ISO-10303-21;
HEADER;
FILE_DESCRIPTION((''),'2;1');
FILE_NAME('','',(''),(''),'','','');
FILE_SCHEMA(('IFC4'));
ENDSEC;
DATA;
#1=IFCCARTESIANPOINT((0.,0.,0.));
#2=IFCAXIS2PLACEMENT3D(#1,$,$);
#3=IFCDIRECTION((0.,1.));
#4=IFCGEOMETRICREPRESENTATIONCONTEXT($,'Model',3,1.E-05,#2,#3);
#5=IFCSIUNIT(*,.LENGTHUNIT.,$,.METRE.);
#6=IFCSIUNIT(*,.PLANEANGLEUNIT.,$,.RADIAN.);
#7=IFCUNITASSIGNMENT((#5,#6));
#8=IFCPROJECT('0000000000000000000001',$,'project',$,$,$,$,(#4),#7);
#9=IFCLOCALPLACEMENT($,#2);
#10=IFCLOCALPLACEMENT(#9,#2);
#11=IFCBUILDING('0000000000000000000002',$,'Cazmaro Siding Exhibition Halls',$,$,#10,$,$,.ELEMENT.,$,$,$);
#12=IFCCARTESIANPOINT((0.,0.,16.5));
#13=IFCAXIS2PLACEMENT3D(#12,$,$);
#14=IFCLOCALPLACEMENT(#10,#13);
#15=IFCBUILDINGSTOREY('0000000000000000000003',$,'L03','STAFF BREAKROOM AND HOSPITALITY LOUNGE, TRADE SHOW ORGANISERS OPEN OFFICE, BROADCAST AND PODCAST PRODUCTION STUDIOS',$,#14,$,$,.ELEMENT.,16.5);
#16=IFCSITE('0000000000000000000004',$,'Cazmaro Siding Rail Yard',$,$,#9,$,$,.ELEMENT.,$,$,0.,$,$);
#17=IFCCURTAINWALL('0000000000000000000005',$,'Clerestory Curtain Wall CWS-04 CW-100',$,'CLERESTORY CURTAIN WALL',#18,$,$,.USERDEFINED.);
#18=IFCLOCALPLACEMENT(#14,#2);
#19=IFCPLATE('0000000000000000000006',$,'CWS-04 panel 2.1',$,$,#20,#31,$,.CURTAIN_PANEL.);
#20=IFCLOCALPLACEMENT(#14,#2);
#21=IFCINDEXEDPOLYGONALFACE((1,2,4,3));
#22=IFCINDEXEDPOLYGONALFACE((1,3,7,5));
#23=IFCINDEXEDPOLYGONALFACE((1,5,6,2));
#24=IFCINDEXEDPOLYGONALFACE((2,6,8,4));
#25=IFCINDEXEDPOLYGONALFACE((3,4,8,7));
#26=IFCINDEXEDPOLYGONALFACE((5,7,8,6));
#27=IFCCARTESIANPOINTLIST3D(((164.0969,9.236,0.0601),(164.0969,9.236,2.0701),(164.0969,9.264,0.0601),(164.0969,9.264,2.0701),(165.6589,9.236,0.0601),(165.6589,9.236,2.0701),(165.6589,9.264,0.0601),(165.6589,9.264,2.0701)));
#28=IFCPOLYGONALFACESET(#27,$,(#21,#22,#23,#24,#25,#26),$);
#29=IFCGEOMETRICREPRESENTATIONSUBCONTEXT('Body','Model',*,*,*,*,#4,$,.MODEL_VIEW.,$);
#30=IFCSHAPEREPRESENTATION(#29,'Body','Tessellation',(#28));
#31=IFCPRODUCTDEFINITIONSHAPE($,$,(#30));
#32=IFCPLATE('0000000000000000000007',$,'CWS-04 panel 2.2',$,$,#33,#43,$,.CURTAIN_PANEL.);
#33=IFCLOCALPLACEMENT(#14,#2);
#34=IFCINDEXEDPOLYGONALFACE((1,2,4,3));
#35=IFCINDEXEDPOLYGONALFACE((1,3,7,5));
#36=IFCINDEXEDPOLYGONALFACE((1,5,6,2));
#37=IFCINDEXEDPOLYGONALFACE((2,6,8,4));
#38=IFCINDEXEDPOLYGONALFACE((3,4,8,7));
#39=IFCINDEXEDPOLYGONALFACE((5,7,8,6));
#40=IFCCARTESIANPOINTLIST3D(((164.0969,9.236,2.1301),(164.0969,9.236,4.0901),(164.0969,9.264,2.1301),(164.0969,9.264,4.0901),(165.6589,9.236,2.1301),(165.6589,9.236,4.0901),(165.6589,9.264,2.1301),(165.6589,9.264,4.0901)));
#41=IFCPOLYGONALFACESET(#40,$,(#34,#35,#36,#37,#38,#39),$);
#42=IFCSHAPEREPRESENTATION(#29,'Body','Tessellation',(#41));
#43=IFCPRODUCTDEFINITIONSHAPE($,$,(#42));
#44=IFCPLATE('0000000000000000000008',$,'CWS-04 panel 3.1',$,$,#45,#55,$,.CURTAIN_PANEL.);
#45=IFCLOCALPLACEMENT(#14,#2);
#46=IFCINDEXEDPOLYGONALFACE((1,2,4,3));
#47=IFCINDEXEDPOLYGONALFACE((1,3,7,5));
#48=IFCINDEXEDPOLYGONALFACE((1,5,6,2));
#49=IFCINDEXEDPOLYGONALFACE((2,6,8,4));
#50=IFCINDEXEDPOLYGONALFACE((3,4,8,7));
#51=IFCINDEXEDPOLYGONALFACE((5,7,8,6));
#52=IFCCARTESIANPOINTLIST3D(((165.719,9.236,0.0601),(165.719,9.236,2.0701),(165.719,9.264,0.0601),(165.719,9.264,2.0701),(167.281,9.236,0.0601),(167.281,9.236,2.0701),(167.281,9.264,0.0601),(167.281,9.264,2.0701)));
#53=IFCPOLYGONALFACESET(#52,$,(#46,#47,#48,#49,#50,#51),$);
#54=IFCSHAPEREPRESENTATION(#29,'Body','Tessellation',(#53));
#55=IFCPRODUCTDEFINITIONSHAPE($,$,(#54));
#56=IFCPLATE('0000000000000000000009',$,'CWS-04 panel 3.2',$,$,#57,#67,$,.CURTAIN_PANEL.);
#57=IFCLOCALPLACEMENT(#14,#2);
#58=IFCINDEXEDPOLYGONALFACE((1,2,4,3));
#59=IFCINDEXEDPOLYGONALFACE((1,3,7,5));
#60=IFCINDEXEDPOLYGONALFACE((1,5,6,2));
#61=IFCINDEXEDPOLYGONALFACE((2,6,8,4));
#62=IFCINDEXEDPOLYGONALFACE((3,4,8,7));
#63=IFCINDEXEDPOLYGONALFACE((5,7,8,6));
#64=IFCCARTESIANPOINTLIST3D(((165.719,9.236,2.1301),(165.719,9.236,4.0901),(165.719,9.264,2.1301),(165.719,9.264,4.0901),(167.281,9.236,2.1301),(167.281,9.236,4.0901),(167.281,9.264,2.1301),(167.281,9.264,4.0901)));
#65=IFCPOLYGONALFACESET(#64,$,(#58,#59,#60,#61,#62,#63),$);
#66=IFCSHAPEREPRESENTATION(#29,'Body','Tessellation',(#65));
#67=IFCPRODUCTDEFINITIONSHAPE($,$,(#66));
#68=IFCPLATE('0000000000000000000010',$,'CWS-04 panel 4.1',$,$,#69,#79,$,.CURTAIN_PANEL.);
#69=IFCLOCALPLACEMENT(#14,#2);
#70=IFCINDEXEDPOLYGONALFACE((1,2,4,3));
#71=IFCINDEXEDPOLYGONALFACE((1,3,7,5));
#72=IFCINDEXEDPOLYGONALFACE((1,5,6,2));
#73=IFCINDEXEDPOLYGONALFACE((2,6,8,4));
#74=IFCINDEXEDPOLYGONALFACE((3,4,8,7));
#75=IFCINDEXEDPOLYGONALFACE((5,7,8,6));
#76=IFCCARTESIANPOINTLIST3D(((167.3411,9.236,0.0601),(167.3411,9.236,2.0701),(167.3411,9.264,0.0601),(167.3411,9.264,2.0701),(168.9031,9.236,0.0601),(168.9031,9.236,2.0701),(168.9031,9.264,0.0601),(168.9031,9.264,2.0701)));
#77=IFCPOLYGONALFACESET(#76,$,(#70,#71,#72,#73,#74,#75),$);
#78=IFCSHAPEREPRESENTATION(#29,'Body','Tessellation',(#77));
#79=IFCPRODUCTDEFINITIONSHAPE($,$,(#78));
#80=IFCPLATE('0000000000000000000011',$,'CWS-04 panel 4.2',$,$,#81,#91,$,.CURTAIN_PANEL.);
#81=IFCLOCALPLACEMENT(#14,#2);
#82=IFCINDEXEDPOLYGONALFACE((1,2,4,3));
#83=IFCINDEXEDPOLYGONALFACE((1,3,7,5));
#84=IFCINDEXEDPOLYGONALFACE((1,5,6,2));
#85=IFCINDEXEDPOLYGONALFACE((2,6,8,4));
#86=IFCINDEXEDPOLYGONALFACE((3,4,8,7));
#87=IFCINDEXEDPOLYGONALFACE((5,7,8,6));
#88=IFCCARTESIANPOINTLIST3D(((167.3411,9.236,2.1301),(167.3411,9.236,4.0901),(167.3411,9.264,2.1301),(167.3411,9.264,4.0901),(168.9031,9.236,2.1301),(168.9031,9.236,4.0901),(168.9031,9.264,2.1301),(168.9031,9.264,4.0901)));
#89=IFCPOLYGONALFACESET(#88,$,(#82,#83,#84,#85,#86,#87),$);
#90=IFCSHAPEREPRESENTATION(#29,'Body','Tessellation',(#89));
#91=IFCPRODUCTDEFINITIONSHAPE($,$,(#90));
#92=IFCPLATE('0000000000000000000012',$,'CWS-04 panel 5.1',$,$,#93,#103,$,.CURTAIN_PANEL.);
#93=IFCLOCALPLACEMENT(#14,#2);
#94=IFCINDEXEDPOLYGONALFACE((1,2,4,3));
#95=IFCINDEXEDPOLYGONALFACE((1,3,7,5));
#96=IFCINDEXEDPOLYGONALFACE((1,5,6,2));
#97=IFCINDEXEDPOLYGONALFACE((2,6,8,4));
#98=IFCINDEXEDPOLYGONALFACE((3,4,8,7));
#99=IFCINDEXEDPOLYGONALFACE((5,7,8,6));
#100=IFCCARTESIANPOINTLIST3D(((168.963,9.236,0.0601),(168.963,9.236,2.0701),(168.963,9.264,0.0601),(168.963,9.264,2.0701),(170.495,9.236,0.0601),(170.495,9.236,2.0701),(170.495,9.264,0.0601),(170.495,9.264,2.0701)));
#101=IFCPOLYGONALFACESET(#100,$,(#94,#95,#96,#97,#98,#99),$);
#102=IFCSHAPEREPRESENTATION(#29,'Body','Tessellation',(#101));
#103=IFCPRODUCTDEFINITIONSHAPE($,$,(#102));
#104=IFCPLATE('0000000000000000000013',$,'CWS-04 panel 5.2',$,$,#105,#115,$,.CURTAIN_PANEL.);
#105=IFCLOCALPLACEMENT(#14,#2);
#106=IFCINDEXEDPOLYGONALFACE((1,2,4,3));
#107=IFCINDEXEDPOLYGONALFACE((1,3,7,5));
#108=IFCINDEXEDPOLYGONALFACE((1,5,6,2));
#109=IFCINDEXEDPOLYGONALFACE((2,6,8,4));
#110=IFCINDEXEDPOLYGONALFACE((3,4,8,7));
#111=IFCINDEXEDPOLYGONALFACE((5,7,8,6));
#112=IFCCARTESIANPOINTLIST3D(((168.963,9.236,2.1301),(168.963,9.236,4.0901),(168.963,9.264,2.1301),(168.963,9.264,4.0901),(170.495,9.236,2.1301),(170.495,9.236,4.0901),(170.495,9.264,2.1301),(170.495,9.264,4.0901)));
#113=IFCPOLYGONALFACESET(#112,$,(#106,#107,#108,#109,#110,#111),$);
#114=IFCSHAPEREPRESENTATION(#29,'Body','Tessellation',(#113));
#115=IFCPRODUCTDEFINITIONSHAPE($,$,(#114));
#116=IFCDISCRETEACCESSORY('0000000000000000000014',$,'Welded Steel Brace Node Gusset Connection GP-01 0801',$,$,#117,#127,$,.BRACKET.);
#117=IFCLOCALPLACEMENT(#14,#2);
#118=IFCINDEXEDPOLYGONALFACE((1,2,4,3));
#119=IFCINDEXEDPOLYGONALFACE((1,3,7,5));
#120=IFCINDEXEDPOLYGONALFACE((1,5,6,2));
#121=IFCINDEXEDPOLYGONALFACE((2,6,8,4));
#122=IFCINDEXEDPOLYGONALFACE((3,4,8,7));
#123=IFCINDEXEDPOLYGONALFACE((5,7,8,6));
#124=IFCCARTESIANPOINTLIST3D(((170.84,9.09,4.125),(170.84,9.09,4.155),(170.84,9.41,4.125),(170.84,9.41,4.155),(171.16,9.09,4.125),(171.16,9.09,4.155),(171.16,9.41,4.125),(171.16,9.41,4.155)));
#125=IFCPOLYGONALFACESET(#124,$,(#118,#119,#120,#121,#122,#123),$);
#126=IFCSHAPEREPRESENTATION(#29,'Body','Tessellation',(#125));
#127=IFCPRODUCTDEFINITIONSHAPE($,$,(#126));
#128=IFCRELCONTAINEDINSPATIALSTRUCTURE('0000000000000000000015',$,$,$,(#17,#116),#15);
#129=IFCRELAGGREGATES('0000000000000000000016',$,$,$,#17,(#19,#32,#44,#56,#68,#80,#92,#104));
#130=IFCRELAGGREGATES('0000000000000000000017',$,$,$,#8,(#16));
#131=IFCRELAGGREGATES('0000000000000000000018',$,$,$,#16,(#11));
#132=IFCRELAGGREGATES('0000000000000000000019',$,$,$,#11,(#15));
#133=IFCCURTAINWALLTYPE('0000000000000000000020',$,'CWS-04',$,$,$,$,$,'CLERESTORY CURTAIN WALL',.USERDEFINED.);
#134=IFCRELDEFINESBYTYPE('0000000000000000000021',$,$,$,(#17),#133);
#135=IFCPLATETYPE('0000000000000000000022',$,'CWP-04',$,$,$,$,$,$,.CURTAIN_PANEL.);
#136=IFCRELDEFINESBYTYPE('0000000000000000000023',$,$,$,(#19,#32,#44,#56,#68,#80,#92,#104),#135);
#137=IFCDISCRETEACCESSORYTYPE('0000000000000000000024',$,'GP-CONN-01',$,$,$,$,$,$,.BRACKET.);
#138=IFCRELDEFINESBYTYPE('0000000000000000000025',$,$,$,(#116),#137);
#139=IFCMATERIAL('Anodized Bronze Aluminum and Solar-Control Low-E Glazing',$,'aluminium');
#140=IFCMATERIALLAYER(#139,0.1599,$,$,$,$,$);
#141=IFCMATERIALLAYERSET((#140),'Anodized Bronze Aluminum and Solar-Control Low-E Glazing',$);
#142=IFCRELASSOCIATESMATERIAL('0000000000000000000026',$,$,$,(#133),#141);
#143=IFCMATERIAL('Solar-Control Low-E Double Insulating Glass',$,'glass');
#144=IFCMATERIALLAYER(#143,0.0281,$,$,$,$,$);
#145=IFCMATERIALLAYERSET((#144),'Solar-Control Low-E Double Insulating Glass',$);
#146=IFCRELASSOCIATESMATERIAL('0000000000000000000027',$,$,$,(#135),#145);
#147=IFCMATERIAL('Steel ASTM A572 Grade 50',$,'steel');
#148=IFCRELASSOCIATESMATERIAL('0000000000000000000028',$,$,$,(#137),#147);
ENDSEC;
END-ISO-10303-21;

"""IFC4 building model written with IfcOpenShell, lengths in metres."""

from ifc_helpers import new_model, si_unit, direction, frame, origin, origin_2d, place, context, subcontext, project, spatial, rectangle, extrude, material, layer, layer_set, type_object, element, aggregate, save


model = new_model("IFC4")

# Units and contexts
model_context = context("Model", 3, precision=1e-05, world=origin(), true_north=direction((0.0, 1.0)))
body_context = subcontext(model_context, "Body", "Model", "MODEL_VIEW")
ifc_project = project(units=[si_unit("LENGTHUNIT", "METRE"), si_unit("PLANEANGLEUNIT", "RADIAN")], contexts=[model_context])

# Site, building, storey
site_placement = place(None, origin())
site = spatial("IfcSite", under=ifc_project, at=site_placement, Name="Cazmaro Siding Rail Yard", CompositionType="ELEMENT", RefElevation=0.0)
building_placement = place(site_placement, origin())
building = spatial("IfcBuilding", under=site, at=building_placement, Name="Cazmaro Siding Exhibition Halls", CompositionType="ELEMENT")
storey_placement = place(building_placement, frame((0.0, 0.0, 16.5)))
storey = spatial("IfcBuildingStorey", under=building, at=storey_placement, Name="L03", Description="STAFF BREAKROOM AND HOSPITALITY LOUNGE, TRADE SHOW ORGANISERS OPEN OFFICE, BROADCAST AND PODCAST PRODUCTION STUDIOS", CompositionType="ELEMENT", Elevation=16.5)

# Curtain wall
ifc_material_1 = material(Name="Anodized Bronze Aluminum and Solar-Control Low-E Glazing", Category="aluminium")
ifc_layer_1 = layer(ifc_material_1, 0.1599)
ifc_layer_set_1 = layer_set([ifc_layer_1], Name="Anodized Bronze Aluminum and Solar-Control Low-E Glazing")
curtain_wall_type = type_object("IfcCurtainWallType", Name="CWS-04", ElementType="CLERESTORY CURTAIN WALL", PredefinedType="USERDEFINED", material=ifc_layer_set_1)
curtain_wall_placement = place(storey_placement, origin())
curtain_wall = element("IfcCurtainWall", 1, at=curtain_wall_placement, inside=storey, type_object=curtain_wall_type, Name="Clerestory Curtain Wall CWS-04 CW-100", ObjectType="CLERESTORY CURTAIN WALL", PredefinedType="USERDEFINED")

# Plates
ifc_material_2 = material(Name="Solar-Control Low-E Double Insulating Glass", Category="glass")
ifc_layer_2 = layer(ifc_material_2, 0.0281)
ifc_layer_set_2 = layer_set([ifc_layer_2], Name="Solar-Control Low-E Double Insulating Glass")
plate_type = type_object("IfcPlateType", Name="CWP-04", PredefinedType="CURTAIN_PANEL", material=ifc_layer_set_2)
plate_1_placement = place(storey_placement, frame((164.8779, 9.25, 0.0601), z_axis=(0.0, 0.0, 1.0), x_axis=(1.0, 0.0, 0.0)))
plate_1 = element("IfcPlate", 2, at=plate_1_placement, type_object=plate_type, Name="CWS-04 panel 2.1", PredefinedType="CURTAIN_PANEL", context=body_context, shape_type="SweptSolid", body=[
    extrude(rectangle(XDim=1.562, YDim=0.0281, at=origin_2d()), origin(), (0.0, 0.0, 1.0), 2.01),
])
plate_2_placement = place(storey_placement, frame((164.8779, 9.25, 2.1301), z_axis=(0.0, 0.0, 1.0), x_axis=(1.0, 0.0, 0.0)))
plate_2 = element("IfcPlate", 3, at=plate_2_placement, type_object=plate_type, Name="CWS-04 panel 2.2", PredefinedType="CURTAIN_PANEL", context=body_context, shape_type="SweptSolid", body=[
    extrude(rectangle(XDim=1.562, YDim=0.0281, at=origin_2d()), origin(), (0.0, 0.0, 1.0), 1.96),
])
plate_3_placement = place(storey_placement, frame((166.5, 9.25, 0.0601), z_axis=(0.0, 0.0, 1.0), x_axis=(1.0, 0.0, 0.0)))
plate_3 = element("IfcPlate", 4, at=plate_3_placement, type_object=plate_type, Name="CWS-04 panel 3.1", PredefinedType="CURTAIN_PANEL", context=body_context, shape_type="SweptSolid", body=[
    extrude(rectangle(XDim=1.562, YDim=0.0281, at=origin_2d()), origin(), (0.0, 0.0, 1.0), 2.01),
])
plate_4_placement = place(storey_placement, frame((166.5, 9.25, 2.1301), z_axis=(0.0, 0.0, 1.0), x_axis=(1.0, 0.0, 0.0)))
plate_4 = element("IfcPlate", 5, at=plate_4_placement, type_object=plate_type, Name="CWS-04 panel 3.2", PredefinedType="CURTAIN_PANEL", context=body_context, shape_type="SweptSolid", body=[
    extrude(rectangle(XDim=1.562, YDim=0.0281, at=origin_2d()), origin(), (0.0, 0.0, 1.0), 1.96),
])
plate_5_placement = place(storey_placement, frame((168.1221, 9.25, 0.0601), z_axis=(0.0, 0.0, 1.0), x_axis=(1.0, 0.0, 0.0)))
plate_5 = element("IfcPlate", 6, at=plate_5_placement, type_object=plate_type, Name="CWS-04 panel 4.1", PredefinedType="CURTAIN_PANEL", context=body_context, shape_type="SweptSolid", body=[
    extrude(rectangle(XDim=1.562, YDim=0.0281, at=origin_2d()), origin(), (0.0, 0.0, 1.0), 2.01),
])
plate_6_placement = place(storey_placement, frame((168.1221, 9.25, 2.1301), z_axis=(0.0, 0.0, 1.0), x_axis=(1.0, 0.0, 0.0)))
plate_6 = element("IfcPlate", 7, at=plate_6_placement, type_object=plate_type, Name="CWS-04 panel 4.2", PredefinedType="CURTAIN_PANEL", context=body_context, shape_type="SweptSolid", body=[
    extrude(rectangle(XDim=1.562, YDim=0.0281, at=origin_2d()), origin(), (0.0, 0.0, 1.0), 1.96),
])
plate_7_placement = place(storey_placement, frame((169.729, 9.25, 0.0601), z_axis=(0.0, 0.0, 1.0), x_axis=(1.0, 0.0, 0.0)))
plate_7 = element("IfcPlate", 8, at=plate_7_placement, type_object=plate_type, Name="CWS-04 panel 5.1", PredefinedType="CURTAIN_PANEL", context=body_context, shape_type="SweptSolid", body=[
    extrude(rectangle(XDim=1.532, YDim=0.0281, at=origin_2d()), origin(), (0.0, 0.0, 1.0), 2.01),
])
plate_8_placement = place(storey_placement, frame((169.729, 9.25, 2.1301), z_axis=(0.0, 0.0, 1.0), x_axis=(1.0, 0.0, 0.0)))
plate_8 = element("IfcPlate", 9, at=plate_8_placement, type_object=plate_type, Name="CWS-04 panel 5.2", PredefinedType="CURTAIN_PANEL", context=body_context, shape_type="SweptSolid", body=[
    extrude(rectangle(XDim=1.532, YDim=0.0281, at=origin_2d()), origin(), (0.0, 0.0, 1.0), 1.96),
])
aggregate(curtain_wall, [plate_1, plate_2, plate_3, plate_4, plate_5, plate_6, plate_7, plate_8])

# Discrete accessory
ifc_material_3 = material(Name="Steel ASTM A572 Grade 50", Category="steel")
discrete_accessory_type = type_object("IfcDiscreteAccessoryType", Name="GP-CONN-01", PredefinedType="BRACKET", material=ifc_material_3)
discrete_accessory_placement = place(storey_placement, frame((171.0, 9.25, 4.125), z_axis=(0.0, 0.0, 1.0), x_axis=(1.0, 0.0, 0.0)))
element("IfcDiscreteAccessory", 10, at=discrete_accessory_placement, inside=storey, type_object=discrete_accessory_type, Name="Welded Steel Brace Node Gusset Connection GP-01 0801", PredefinedType="BRACKET", context=body_context, shape_type="SweptSolid", body=[
    extrude(rectangle(XDim=0.3201, YDim=0.3201, at=origin_2d()), origin(), (0.0, 0.0, 1.0), 0.03),
])

save(model, "model.ifc")
